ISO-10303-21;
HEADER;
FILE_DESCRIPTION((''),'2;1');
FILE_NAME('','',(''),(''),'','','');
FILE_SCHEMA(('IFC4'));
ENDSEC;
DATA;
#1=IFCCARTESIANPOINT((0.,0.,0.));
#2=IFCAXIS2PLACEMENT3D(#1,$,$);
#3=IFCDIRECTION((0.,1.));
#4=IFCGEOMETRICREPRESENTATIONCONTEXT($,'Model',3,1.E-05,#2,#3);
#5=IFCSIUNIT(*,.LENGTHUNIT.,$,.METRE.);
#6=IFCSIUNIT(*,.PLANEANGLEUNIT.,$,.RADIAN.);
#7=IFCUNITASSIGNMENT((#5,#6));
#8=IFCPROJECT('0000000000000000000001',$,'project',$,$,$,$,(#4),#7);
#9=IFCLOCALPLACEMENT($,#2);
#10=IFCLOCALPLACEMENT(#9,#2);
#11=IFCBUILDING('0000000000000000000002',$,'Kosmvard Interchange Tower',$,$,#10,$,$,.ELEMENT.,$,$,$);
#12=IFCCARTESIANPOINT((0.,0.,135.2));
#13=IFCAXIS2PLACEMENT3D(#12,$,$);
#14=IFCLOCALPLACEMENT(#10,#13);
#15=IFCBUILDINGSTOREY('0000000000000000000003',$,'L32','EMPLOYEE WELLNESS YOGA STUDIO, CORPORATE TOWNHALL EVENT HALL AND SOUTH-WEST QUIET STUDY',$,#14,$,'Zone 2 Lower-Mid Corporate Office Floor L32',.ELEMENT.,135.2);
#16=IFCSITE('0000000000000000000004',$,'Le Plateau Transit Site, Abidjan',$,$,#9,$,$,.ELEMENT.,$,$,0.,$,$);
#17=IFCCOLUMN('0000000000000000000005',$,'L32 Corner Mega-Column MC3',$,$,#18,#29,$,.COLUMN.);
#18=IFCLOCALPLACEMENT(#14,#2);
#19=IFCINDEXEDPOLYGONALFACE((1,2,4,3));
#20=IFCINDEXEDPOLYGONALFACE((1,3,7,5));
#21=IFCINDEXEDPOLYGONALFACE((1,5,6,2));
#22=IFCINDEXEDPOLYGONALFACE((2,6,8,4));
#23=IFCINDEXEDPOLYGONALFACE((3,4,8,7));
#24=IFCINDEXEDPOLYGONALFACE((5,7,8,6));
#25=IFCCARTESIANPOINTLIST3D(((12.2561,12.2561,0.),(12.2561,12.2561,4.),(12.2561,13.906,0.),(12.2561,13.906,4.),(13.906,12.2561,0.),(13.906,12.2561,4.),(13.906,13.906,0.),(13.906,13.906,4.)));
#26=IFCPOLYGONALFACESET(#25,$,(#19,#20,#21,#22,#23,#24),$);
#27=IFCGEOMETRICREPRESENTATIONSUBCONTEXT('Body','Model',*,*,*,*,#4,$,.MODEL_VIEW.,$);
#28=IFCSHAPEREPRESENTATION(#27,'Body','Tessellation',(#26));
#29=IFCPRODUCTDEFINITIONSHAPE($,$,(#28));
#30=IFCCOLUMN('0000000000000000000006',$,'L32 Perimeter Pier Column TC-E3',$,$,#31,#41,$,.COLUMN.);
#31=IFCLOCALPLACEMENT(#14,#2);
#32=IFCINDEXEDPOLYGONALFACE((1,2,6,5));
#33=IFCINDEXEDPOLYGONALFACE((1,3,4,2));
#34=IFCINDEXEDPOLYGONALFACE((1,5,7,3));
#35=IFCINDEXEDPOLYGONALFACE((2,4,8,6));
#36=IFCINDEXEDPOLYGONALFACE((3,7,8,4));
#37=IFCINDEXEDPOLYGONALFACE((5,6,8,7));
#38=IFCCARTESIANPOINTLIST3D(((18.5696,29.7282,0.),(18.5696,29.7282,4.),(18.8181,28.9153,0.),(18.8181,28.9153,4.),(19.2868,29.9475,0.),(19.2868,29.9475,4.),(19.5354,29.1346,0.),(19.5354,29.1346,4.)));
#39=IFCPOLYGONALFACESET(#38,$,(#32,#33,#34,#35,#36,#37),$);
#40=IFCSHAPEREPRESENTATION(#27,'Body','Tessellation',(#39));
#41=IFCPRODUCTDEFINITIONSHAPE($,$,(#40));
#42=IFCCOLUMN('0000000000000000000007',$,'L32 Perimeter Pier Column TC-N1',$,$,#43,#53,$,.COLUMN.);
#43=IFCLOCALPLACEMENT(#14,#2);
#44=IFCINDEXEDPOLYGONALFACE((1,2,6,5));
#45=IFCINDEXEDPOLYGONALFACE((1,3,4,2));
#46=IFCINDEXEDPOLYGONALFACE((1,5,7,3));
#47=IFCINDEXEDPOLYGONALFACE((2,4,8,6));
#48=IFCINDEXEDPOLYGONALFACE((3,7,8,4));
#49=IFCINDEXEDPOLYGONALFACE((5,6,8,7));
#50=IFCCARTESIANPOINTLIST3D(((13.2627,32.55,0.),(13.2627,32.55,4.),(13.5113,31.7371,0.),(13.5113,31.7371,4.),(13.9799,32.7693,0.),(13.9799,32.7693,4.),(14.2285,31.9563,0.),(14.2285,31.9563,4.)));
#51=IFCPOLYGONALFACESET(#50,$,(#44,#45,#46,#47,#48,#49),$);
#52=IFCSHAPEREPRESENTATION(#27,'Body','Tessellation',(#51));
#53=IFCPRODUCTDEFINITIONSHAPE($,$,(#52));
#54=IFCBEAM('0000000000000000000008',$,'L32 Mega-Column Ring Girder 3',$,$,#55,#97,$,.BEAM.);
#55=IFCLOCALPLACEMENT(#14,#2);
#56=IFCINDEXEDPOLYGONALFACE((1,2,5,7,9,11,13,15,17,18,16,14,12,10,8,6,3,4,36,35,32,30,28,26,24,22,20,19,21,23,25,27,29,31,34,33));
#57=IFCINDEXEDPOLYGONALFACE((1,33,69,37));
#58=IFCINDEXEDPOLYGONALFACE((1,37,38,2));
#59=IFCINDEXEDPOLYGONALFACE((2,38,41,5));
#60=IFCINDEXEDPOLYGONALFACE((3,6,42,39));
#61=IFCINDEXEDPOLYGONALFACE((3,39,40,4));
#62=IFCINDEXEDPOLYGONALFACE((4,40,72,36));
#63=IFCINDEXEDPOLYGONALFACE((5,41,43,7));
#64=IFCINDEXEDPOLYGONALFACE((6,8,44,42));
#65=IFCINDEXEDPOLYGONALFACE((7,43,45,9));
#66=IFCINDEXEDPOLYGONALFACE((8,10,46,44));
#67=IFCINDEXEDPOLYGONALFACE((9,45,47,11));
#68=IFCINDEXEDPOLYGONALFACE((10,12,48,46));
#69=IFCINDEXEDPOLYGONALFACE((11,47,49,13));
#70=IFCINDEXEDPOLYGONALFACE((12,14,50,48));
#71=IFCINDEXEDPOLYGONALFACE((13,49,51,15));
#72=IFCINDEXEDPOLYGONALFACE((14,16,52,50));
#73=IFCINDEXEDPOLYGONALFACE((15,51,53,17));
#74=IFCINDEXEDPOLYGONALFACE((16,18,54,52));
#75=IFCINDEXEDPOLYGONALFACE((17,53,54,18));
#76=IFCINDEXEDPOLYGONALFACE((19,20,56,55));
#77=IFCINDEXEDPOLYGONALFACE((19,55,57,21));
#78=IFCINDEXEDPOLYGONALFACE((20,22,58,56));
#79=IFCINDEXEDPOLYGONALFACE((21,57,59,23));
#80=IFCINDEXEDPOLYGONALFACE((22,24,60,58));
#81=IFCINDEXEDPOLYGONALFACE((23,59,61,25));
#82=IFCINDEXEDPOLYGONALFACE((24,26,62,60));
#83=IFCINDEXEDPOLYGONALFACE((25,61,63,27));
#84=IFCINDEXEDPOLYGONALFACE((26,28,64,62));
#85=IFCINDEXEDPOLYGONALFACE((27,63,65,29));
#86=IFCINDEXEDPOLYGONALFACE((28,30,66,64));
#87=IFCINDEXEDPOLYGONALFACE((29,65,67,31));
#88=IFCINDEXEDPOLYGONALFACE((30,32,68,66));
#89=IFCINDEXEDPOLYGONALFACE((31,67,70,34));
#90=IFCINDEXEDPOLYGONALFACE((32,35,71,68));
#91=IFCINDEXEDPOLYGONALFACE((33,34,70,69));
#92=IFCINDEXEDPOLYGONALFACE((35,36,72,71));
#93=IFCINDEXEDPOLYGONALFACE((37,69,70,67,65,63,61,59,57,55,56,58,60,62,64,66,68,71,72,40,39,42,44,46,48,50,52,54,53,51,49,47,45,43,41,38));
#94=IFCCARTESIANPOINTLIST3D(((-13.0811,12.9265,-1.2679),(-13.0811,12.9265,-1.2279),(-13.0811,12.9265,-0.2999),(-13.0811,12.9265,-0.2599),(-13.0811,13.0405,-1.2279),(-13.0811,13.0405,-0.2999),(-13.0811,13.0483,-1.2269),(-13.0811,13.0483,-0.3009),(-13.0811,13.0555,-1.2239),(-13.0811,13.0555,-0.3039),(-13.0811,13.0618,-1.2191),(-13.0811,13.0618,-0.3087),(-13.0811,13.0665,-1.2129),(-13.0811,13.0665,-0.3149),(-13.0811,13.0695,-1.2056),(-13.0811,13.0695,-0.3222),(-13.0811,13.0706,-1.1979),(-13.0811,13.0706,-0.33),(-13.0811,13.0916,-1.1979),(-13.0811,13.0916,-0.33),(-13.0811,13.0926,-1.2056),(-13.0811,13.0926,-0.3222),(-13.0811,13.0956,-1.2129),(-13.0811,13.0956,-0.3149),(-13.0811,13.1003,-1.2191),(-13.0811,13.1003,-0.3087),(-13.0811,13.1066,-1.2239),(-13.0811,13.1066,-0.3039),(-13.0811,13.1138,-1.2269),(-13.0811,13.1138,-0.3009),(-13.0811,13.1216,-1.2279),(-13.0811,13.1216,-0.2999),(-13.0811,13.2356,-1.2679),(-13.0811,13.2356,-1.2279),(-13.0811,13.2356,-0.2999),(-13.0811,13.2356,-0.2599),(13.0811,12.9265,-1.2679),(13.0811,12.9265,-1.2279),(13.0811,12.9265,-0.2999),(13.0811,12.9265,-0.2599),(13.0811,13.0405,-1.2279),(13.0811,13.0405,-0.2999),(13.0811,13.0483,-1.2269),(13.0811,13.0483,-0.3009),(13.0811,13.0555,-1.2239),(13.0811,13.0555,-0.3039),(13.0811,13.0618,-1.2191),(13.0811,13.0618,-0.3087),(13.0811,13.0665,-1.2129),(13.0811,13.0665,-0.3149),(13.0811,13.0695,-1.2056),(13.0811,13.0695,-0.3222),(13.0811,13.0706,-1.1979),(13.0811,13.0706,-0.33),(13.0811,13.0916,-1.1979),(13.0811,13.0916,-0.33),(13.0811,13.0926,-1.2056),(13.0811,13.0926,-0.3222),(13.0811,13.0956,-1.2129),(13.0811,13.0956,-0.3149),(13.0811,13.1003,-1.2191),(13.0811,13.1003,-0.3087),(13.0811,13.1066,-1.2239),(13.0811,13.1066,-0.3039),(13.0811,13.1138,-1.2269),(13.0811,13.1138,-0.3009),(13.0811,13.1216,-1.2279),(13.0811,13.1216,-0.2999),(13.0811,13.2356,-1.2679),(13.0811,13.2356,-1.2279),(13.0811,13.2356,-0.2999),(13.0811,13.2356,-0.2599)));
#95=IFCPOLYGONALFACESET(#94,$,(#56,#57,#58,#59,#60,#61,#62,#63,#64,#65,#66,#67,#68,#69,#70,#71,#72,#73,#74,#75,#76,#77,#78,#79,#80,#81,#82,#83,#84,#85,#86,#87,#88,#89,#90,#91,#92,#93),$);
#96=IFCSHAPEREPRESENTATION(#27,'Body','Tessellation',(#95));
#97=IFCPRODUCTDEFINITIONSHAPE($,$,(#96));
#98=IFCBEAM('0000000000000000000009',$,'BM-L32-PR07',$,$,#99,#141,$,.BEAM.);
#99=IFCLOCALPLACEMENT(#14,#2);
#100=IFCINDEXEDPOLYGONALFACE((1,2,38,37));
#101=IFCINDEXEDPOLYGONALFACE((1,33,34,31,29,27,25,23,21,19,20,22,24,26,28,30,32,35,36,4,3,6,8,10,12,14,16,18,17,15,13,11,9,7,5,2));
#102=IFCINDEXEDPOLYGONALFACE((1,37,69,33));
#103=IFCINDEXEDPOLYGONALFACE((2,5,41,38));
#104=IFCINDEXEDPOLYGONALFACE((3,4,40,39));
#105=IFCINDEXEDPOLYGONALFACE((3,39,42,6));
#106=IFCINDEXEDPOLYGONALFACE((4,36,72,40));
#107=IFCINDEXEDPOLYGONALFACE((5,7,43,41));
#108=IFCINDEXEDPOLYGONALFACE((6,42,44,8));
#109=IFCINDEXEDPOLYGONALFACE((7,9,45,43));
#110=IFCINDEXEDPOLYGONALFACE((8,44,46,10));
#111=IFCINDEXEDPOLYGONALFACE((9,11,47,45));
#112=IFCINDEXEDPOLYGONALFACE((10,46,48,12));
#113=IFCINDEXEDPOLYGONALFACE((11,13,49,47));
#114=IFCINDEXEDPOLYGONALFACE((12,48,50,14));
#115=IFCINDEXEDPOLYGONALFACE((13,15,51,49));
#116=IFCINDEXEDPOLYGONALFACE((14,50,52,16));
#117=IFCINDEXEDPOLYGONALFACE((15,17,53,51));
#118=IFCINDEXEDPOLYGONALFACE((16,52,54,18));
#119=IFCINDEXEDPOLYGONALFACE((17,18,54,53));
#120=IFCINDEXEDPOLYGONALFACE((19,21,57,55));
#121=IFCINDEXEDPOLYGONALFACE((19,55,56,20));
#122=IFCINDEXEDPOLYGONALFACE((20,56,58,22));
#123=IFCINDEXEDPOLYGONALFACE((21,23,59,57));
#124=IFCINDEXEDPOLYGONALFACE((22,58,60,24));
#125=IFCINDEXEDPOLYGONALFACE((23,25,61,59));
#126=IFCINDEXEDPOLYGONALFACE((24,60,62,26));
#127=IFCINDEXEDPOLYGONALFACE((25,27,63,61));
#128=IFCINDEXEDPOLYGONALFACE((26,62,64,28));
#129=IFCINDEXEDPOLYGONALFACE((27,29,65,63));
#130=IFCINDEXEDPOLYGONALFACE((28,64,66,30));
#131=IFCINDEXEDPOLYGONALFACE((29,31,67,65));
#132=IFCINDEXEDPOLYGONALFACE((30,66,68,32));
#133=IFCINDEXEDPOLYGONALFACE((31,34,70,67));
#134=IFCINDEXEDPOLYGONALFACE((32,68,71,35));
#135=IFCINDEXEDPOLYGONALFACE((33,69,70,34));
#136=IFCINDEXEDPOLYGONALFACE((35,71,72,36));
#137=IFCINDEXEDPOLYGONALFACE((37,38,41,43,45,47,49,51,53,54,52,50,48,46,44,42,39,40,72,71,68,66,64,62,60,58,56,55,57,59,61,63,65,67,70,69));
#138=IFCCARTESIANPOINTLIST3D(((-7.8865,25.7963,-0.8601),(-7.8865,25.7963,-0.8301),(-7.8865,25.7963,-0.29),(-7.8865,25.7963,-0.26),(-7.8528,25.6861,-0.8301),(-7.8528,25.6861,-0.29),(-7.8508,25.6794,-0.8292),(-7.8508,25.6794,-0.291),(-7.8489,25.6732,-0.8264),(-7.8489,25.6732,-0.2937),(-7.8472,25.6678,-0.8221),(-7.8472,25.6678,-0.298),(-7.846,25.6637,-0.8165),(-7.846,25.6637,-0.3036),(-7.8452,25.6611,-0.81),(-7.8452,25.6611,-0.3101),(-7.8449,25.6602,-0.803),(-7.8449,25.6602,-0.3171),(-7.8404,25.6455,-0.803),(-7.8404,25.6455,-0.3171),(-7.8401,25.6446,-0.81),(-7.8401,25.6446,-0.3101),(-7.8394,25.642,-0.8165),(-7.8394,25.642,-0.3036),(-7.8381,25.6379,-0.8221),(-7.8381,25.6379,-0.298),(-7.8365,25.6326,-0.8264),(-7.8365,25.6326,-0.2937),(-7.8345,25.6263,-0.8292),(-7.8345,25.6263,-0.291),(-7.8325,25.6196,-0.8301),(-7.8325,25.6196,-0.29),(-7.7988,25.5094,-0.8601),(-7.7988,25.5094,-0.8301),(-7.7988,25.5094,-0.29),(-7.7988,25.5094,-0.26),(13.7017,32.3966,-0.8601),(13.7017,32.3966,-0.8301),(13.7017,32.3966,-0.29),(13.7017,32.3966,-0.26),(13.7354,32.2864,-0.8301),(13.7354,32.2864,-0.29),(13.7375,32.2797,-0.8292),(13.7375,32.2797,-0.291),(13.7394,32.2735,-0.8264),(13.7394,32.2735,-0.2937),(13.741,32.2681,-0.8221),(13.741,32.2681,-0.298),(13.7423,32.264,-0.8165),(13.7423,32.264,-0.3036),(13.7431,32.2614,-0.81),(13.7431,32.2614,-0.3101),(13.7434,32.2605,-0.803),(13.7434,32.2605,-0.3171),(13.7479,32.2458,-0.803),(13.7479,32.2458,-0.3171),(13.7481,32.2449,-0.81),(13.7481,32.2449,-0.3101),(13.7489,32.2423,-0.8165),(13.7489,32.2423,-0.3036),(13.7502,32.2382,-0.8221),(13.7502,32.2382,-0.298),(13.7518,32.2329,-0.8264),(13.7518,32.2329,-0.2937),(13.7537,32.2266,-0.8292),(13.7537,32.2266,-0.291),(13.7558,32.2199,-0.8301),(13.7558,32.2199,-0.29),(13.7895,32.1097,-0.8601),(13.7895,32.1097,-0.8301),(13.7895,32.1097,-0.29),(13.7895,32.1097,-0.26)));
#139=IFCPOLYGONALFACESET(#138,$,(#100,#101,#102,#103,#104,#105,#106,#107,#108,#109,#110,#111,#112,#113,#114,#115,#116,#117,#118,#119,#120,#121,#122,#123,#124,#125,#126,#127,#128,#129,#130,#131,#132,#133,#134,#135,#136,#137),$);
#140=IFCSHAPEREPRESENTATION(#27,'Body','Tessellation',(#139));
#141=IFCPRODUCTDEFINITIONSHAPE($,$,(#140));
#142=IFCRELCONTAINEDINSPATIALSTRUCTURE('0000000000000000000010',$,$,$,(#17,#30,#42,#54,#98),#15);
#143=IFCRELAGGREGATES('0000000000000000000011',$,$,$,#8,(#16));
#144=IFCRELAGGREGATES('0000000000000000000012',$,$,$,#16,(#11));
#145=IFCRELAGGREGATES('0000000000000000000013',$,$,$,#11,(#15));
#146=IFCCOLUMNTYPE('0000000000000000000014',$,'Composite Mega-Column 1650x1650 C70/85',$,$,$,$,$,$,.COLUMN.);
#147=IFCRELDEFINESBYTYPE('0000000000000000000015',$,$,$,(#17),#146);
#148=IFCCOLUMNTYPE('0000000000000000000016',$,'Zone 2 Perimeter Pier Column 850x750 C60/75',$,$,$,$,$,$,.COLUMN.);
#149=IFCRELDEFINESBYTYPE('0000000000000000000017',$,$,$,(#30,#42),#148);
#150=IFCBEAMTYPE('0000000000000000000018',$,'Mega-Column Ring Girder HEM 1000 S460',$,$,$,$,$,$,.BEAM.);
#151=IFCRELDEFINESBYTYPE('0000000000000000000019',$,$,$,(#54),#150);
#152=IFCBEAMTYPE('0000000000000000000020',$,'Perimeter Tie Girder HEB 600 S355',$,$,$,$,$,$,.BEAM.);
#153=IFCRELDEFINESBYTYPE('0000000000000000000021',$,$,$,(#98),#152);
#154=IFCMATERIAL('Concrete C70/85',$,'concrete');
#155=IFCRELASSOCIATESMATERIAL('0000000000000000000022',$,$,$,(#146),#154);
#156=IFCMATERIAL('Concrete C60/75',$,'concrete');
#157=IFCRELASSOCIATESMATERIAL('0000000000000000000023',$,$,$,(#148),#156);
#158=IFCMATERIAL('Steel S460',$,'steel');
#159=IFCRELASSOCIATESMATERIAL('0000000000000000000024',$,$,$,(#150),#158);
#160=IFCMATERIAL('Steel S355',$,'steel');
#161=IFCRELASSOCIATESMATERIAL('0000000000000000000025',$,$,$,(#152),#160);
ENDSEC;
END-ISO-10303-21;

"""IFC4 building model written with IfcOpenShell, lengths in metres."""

from ifc_helpers import new_model, si_unit, direction, frame, origin, origin_2d, place, context, subcontext, project, spatial, rectangle, i_section, extrude, source, transform, mapped, material, material_profile, profile_set, type_object, element, save


model = new_model("IFC4")

# Units and contexts
model_context = context("Model", 3, precision=1e-05, world=origin(), true_north=direction((0.0, 1.0)))
body_context = subcontext(model_context, "Body", "Model", "MODEL_VIEW")
ifc_project = project(units=[si_unit("LENGTHUNIT", "METRE"), si_unit("PLANEANGLEUNIT", "RADIAN")], contexts=[model_context])

# Site, building, storey
site_placement = place(None, origin())
site = spatial("IfcSite", under=ifc_project, at=site_placement, Name="Le Plateau Transit Site, Abidjan", CompositionType="ELEMENT", RefElevation=0.0)
building_placement = place(site_placement, origin())
building = spatial("IfcBuilding", under=site, at=building_placement, Name="Kosmvard Interchange Tower", CompositionType="ELEMENT")
storey_placement = place(building_placement, frame((0.0, 0.0, 135.2)))
storey = spatial("IfcBuildingStorey", under=building, at=storey_placement, Name="L32", Description="EMPLOYEE WELLNESS YOGA STUDIO, CORPORATE TOWNHALL EVENT HALL AND SOUTH-WEST QUIET STUDY", LongName="Zone 2 Lower-Mid Corporate Office Floor L32", CompositionType="ELEMENT", Elevation=135.2)

# Columns
ifc_material_1 = material(Name="Concrete C70/85", Category="concrete")
ifc_material_profile_1 = material_profile(ifc_material_1, rectangle(XDim=1.6499, YDim=1.6499, at=origin_2d()), Name="MC 1650x1650")
ifc_profile_set_1 = profile_set([ifc_material_profile_1], Name="Concrete C70/85")
column_type_1 = type_object("IfcColumnType", Name="Composite Mega-Column 1650x1650 C70/85", PredefinedType="COLUMN", material=ifc_profile_set_1)
shared_shape_1 = source(origin(), body_context, "Body", "SweptSolid", [
    extrude(rectangle(XDim=1.6499, YDim=1.6499, at=origin_2d()), origin(), (0.0, 0.0, 1.0), 4.0),
])
column_placement = place(storey_placement, frame((13.0811, 13.0811, 0.0), z_axis=(0.0, 0.0, 1.0), x_axis=(1.0, 0.0, 0.0)))
element("IfcColumn", 1, at=column_placement, inside=storey, type_object=column_type_1, Name="L32 Corner Mega-Column MC3", PredefinedType="COLUMN", context=body_context, shape_type="MappedRepresentation", body=[
    mapped(shared_shape_1, transform((0.0, 0.0, 0.0), scale=1.0)),
])
ifc_material_2 = material(Name="Concrete C60/75", Category="concrete")
ifc_material_profile_2 = material_profile(ifc_material_2, rectangle(XDim=0.75, YDim=0.8501, at=origin_2d()), Name="TC 850x750")
ifc_profile_set_2 = profile_set([ifc_material_profile_2], Name="Concrete C60/75")
column_type_2 = type_object("IfcColumnType", Name="Zone 2 Perimeter Pier Column 850x750 C60/75", PredefinedType="COLUMN", material=ifc_profile_set_2)
shared_shape_2 = source(origin(), body_context, "Body", "SweptSolid", [
    extrude(rectangle(XDim=0.75, YDim=0.8501, at=origin_2d()), origin(), (0.0, 0.0, 1.0), 4.0),
])
for number, where, z_axis, x_axis, name in (
    (2, (19.0525, 29.4314, 0.0), (0.0, 0.0, 1.0), (0.956305, 0.292372, 0.0), "L32 Perimeter Pier Column TC-E3"),
    (3, (13.7456, 32.2532, 0.0), (0.0, 0.0, 1.0), (0.956305, 0.292372, 0.0), "L32 Perimeter Pier Column TC-N1"),
):
    element("IfcColumn", number, at=place(storey_placement, frame(where, z_axis=z_axis, x_axis=x_axis)), inside=storey, type_object=column_type_2, Name=name, PredefinedType="COLUMN", context=body_context, shape_type="MappedRepresentation", body=[
        mapped(shared_shape_2, transform((0.0, 0.0, 0.0), scale=1.0)),
    ])

# Beams
ifc_material_3 = material(Name="Steel S460", Category="steel")
ifc_material_profile_3 = material_profile(ifc_material_3, i_section(OverallWidth=0.3091, OverallDepth=1.0081, WebThickness=0.021, FlangeThickness=0.04, FilletRadius=0.03, at=origin_2d()), Name="HEM 1000")
ifc_profile_set_3 = profile_set([ifc_material_profile_3], Name="Steel S460")
beam_type_1 = type_object("IfcBeamType", Name="Mega-Column Ring Girder HEM 1000 S460", PredefinedType="BEAM", material=ifc_profile_set_3)
shared_shape_3 = source(origin(), body_context, "Body", "SweptSolid", [
    extrude(i_section(OverallWidth=0.3091, OverallDepth=1.0081, WebThickness=0.021, FlangeThickness=0.04, FilletRadius=0.03, at=origin_2d()), origin(), (0.0, 0.0, 1.0), 26.1621),
])
beam_1_placement = place(storey_placement, frame((13.0811, 13.0811, -0.7639), z_axis=(-1.0, 0.0, 0.0), x_axis=(0.0, -1.0, 0.0)))
element("IfcBeam", 4, at=beam_1_placement, inside=storey, type_object=beam_type_1, Name="L32 Mega-Column Ring Girder 3", PredefinedType="BEAM", context=body_context, shape_type="MappedRepresentation", body=[
    mapped(shared_shape_3, transform((0.0, 0.0, 0.0), scale=1.0)),
])
ifc_material_4 = material(Name="Steel S355", Category="steel")
ifc_material_profile_4 = material_profile(ifc_material_4, i_section(OverallWidth=0.3, OverallDepth=0.6001, WebThickness=0.0154, FlangeThickness=0.03, FilletRadius=0.0271, at=origin_2d()), Name="HEB 600")
ifc_profile_set_4 = profile_set([ifc_material_profile_4], Name="Steel S355")
beam_type_2 = type_object("IfcBeamType", Name="Perimeter Tie Girder HEB 600 S355", PredefinedType="BEAM", material=ifc_profile_set_4)
shared_shape_4 = source(origin(), body_context, "Body", "SweptSolid", [
    extrude(i_section(OverallWidth=0.3, OverallDepth=0.6001, WebThickness=0.0154, FlangeThickness=0.03, FilletRadius=0.0271, at=origin_2d()), origin(), (0.0, 0.0, 1.0), 22.5747),
])
beam_2_placement = place(storey_placement, frame((13.7456, 32.2532, -0.5601), z_axis=(-0.956303, -0.292376, 0.0), x_axis=(0.292376, -0.956303, 0.0)))
element("IfcBeam", 5, at=beam_2_placement, inside=storey, type_object=beam_type_2, Name="BM-L32-PR07", PredefinedType="BEAM", context=body_context, shape_type="MappedRepresentation", body=[
    mapped(shared_shape_4, transform((0.0, 0.0, 0.0), scale=1.0)),
])

save(model, "model.ifc")
